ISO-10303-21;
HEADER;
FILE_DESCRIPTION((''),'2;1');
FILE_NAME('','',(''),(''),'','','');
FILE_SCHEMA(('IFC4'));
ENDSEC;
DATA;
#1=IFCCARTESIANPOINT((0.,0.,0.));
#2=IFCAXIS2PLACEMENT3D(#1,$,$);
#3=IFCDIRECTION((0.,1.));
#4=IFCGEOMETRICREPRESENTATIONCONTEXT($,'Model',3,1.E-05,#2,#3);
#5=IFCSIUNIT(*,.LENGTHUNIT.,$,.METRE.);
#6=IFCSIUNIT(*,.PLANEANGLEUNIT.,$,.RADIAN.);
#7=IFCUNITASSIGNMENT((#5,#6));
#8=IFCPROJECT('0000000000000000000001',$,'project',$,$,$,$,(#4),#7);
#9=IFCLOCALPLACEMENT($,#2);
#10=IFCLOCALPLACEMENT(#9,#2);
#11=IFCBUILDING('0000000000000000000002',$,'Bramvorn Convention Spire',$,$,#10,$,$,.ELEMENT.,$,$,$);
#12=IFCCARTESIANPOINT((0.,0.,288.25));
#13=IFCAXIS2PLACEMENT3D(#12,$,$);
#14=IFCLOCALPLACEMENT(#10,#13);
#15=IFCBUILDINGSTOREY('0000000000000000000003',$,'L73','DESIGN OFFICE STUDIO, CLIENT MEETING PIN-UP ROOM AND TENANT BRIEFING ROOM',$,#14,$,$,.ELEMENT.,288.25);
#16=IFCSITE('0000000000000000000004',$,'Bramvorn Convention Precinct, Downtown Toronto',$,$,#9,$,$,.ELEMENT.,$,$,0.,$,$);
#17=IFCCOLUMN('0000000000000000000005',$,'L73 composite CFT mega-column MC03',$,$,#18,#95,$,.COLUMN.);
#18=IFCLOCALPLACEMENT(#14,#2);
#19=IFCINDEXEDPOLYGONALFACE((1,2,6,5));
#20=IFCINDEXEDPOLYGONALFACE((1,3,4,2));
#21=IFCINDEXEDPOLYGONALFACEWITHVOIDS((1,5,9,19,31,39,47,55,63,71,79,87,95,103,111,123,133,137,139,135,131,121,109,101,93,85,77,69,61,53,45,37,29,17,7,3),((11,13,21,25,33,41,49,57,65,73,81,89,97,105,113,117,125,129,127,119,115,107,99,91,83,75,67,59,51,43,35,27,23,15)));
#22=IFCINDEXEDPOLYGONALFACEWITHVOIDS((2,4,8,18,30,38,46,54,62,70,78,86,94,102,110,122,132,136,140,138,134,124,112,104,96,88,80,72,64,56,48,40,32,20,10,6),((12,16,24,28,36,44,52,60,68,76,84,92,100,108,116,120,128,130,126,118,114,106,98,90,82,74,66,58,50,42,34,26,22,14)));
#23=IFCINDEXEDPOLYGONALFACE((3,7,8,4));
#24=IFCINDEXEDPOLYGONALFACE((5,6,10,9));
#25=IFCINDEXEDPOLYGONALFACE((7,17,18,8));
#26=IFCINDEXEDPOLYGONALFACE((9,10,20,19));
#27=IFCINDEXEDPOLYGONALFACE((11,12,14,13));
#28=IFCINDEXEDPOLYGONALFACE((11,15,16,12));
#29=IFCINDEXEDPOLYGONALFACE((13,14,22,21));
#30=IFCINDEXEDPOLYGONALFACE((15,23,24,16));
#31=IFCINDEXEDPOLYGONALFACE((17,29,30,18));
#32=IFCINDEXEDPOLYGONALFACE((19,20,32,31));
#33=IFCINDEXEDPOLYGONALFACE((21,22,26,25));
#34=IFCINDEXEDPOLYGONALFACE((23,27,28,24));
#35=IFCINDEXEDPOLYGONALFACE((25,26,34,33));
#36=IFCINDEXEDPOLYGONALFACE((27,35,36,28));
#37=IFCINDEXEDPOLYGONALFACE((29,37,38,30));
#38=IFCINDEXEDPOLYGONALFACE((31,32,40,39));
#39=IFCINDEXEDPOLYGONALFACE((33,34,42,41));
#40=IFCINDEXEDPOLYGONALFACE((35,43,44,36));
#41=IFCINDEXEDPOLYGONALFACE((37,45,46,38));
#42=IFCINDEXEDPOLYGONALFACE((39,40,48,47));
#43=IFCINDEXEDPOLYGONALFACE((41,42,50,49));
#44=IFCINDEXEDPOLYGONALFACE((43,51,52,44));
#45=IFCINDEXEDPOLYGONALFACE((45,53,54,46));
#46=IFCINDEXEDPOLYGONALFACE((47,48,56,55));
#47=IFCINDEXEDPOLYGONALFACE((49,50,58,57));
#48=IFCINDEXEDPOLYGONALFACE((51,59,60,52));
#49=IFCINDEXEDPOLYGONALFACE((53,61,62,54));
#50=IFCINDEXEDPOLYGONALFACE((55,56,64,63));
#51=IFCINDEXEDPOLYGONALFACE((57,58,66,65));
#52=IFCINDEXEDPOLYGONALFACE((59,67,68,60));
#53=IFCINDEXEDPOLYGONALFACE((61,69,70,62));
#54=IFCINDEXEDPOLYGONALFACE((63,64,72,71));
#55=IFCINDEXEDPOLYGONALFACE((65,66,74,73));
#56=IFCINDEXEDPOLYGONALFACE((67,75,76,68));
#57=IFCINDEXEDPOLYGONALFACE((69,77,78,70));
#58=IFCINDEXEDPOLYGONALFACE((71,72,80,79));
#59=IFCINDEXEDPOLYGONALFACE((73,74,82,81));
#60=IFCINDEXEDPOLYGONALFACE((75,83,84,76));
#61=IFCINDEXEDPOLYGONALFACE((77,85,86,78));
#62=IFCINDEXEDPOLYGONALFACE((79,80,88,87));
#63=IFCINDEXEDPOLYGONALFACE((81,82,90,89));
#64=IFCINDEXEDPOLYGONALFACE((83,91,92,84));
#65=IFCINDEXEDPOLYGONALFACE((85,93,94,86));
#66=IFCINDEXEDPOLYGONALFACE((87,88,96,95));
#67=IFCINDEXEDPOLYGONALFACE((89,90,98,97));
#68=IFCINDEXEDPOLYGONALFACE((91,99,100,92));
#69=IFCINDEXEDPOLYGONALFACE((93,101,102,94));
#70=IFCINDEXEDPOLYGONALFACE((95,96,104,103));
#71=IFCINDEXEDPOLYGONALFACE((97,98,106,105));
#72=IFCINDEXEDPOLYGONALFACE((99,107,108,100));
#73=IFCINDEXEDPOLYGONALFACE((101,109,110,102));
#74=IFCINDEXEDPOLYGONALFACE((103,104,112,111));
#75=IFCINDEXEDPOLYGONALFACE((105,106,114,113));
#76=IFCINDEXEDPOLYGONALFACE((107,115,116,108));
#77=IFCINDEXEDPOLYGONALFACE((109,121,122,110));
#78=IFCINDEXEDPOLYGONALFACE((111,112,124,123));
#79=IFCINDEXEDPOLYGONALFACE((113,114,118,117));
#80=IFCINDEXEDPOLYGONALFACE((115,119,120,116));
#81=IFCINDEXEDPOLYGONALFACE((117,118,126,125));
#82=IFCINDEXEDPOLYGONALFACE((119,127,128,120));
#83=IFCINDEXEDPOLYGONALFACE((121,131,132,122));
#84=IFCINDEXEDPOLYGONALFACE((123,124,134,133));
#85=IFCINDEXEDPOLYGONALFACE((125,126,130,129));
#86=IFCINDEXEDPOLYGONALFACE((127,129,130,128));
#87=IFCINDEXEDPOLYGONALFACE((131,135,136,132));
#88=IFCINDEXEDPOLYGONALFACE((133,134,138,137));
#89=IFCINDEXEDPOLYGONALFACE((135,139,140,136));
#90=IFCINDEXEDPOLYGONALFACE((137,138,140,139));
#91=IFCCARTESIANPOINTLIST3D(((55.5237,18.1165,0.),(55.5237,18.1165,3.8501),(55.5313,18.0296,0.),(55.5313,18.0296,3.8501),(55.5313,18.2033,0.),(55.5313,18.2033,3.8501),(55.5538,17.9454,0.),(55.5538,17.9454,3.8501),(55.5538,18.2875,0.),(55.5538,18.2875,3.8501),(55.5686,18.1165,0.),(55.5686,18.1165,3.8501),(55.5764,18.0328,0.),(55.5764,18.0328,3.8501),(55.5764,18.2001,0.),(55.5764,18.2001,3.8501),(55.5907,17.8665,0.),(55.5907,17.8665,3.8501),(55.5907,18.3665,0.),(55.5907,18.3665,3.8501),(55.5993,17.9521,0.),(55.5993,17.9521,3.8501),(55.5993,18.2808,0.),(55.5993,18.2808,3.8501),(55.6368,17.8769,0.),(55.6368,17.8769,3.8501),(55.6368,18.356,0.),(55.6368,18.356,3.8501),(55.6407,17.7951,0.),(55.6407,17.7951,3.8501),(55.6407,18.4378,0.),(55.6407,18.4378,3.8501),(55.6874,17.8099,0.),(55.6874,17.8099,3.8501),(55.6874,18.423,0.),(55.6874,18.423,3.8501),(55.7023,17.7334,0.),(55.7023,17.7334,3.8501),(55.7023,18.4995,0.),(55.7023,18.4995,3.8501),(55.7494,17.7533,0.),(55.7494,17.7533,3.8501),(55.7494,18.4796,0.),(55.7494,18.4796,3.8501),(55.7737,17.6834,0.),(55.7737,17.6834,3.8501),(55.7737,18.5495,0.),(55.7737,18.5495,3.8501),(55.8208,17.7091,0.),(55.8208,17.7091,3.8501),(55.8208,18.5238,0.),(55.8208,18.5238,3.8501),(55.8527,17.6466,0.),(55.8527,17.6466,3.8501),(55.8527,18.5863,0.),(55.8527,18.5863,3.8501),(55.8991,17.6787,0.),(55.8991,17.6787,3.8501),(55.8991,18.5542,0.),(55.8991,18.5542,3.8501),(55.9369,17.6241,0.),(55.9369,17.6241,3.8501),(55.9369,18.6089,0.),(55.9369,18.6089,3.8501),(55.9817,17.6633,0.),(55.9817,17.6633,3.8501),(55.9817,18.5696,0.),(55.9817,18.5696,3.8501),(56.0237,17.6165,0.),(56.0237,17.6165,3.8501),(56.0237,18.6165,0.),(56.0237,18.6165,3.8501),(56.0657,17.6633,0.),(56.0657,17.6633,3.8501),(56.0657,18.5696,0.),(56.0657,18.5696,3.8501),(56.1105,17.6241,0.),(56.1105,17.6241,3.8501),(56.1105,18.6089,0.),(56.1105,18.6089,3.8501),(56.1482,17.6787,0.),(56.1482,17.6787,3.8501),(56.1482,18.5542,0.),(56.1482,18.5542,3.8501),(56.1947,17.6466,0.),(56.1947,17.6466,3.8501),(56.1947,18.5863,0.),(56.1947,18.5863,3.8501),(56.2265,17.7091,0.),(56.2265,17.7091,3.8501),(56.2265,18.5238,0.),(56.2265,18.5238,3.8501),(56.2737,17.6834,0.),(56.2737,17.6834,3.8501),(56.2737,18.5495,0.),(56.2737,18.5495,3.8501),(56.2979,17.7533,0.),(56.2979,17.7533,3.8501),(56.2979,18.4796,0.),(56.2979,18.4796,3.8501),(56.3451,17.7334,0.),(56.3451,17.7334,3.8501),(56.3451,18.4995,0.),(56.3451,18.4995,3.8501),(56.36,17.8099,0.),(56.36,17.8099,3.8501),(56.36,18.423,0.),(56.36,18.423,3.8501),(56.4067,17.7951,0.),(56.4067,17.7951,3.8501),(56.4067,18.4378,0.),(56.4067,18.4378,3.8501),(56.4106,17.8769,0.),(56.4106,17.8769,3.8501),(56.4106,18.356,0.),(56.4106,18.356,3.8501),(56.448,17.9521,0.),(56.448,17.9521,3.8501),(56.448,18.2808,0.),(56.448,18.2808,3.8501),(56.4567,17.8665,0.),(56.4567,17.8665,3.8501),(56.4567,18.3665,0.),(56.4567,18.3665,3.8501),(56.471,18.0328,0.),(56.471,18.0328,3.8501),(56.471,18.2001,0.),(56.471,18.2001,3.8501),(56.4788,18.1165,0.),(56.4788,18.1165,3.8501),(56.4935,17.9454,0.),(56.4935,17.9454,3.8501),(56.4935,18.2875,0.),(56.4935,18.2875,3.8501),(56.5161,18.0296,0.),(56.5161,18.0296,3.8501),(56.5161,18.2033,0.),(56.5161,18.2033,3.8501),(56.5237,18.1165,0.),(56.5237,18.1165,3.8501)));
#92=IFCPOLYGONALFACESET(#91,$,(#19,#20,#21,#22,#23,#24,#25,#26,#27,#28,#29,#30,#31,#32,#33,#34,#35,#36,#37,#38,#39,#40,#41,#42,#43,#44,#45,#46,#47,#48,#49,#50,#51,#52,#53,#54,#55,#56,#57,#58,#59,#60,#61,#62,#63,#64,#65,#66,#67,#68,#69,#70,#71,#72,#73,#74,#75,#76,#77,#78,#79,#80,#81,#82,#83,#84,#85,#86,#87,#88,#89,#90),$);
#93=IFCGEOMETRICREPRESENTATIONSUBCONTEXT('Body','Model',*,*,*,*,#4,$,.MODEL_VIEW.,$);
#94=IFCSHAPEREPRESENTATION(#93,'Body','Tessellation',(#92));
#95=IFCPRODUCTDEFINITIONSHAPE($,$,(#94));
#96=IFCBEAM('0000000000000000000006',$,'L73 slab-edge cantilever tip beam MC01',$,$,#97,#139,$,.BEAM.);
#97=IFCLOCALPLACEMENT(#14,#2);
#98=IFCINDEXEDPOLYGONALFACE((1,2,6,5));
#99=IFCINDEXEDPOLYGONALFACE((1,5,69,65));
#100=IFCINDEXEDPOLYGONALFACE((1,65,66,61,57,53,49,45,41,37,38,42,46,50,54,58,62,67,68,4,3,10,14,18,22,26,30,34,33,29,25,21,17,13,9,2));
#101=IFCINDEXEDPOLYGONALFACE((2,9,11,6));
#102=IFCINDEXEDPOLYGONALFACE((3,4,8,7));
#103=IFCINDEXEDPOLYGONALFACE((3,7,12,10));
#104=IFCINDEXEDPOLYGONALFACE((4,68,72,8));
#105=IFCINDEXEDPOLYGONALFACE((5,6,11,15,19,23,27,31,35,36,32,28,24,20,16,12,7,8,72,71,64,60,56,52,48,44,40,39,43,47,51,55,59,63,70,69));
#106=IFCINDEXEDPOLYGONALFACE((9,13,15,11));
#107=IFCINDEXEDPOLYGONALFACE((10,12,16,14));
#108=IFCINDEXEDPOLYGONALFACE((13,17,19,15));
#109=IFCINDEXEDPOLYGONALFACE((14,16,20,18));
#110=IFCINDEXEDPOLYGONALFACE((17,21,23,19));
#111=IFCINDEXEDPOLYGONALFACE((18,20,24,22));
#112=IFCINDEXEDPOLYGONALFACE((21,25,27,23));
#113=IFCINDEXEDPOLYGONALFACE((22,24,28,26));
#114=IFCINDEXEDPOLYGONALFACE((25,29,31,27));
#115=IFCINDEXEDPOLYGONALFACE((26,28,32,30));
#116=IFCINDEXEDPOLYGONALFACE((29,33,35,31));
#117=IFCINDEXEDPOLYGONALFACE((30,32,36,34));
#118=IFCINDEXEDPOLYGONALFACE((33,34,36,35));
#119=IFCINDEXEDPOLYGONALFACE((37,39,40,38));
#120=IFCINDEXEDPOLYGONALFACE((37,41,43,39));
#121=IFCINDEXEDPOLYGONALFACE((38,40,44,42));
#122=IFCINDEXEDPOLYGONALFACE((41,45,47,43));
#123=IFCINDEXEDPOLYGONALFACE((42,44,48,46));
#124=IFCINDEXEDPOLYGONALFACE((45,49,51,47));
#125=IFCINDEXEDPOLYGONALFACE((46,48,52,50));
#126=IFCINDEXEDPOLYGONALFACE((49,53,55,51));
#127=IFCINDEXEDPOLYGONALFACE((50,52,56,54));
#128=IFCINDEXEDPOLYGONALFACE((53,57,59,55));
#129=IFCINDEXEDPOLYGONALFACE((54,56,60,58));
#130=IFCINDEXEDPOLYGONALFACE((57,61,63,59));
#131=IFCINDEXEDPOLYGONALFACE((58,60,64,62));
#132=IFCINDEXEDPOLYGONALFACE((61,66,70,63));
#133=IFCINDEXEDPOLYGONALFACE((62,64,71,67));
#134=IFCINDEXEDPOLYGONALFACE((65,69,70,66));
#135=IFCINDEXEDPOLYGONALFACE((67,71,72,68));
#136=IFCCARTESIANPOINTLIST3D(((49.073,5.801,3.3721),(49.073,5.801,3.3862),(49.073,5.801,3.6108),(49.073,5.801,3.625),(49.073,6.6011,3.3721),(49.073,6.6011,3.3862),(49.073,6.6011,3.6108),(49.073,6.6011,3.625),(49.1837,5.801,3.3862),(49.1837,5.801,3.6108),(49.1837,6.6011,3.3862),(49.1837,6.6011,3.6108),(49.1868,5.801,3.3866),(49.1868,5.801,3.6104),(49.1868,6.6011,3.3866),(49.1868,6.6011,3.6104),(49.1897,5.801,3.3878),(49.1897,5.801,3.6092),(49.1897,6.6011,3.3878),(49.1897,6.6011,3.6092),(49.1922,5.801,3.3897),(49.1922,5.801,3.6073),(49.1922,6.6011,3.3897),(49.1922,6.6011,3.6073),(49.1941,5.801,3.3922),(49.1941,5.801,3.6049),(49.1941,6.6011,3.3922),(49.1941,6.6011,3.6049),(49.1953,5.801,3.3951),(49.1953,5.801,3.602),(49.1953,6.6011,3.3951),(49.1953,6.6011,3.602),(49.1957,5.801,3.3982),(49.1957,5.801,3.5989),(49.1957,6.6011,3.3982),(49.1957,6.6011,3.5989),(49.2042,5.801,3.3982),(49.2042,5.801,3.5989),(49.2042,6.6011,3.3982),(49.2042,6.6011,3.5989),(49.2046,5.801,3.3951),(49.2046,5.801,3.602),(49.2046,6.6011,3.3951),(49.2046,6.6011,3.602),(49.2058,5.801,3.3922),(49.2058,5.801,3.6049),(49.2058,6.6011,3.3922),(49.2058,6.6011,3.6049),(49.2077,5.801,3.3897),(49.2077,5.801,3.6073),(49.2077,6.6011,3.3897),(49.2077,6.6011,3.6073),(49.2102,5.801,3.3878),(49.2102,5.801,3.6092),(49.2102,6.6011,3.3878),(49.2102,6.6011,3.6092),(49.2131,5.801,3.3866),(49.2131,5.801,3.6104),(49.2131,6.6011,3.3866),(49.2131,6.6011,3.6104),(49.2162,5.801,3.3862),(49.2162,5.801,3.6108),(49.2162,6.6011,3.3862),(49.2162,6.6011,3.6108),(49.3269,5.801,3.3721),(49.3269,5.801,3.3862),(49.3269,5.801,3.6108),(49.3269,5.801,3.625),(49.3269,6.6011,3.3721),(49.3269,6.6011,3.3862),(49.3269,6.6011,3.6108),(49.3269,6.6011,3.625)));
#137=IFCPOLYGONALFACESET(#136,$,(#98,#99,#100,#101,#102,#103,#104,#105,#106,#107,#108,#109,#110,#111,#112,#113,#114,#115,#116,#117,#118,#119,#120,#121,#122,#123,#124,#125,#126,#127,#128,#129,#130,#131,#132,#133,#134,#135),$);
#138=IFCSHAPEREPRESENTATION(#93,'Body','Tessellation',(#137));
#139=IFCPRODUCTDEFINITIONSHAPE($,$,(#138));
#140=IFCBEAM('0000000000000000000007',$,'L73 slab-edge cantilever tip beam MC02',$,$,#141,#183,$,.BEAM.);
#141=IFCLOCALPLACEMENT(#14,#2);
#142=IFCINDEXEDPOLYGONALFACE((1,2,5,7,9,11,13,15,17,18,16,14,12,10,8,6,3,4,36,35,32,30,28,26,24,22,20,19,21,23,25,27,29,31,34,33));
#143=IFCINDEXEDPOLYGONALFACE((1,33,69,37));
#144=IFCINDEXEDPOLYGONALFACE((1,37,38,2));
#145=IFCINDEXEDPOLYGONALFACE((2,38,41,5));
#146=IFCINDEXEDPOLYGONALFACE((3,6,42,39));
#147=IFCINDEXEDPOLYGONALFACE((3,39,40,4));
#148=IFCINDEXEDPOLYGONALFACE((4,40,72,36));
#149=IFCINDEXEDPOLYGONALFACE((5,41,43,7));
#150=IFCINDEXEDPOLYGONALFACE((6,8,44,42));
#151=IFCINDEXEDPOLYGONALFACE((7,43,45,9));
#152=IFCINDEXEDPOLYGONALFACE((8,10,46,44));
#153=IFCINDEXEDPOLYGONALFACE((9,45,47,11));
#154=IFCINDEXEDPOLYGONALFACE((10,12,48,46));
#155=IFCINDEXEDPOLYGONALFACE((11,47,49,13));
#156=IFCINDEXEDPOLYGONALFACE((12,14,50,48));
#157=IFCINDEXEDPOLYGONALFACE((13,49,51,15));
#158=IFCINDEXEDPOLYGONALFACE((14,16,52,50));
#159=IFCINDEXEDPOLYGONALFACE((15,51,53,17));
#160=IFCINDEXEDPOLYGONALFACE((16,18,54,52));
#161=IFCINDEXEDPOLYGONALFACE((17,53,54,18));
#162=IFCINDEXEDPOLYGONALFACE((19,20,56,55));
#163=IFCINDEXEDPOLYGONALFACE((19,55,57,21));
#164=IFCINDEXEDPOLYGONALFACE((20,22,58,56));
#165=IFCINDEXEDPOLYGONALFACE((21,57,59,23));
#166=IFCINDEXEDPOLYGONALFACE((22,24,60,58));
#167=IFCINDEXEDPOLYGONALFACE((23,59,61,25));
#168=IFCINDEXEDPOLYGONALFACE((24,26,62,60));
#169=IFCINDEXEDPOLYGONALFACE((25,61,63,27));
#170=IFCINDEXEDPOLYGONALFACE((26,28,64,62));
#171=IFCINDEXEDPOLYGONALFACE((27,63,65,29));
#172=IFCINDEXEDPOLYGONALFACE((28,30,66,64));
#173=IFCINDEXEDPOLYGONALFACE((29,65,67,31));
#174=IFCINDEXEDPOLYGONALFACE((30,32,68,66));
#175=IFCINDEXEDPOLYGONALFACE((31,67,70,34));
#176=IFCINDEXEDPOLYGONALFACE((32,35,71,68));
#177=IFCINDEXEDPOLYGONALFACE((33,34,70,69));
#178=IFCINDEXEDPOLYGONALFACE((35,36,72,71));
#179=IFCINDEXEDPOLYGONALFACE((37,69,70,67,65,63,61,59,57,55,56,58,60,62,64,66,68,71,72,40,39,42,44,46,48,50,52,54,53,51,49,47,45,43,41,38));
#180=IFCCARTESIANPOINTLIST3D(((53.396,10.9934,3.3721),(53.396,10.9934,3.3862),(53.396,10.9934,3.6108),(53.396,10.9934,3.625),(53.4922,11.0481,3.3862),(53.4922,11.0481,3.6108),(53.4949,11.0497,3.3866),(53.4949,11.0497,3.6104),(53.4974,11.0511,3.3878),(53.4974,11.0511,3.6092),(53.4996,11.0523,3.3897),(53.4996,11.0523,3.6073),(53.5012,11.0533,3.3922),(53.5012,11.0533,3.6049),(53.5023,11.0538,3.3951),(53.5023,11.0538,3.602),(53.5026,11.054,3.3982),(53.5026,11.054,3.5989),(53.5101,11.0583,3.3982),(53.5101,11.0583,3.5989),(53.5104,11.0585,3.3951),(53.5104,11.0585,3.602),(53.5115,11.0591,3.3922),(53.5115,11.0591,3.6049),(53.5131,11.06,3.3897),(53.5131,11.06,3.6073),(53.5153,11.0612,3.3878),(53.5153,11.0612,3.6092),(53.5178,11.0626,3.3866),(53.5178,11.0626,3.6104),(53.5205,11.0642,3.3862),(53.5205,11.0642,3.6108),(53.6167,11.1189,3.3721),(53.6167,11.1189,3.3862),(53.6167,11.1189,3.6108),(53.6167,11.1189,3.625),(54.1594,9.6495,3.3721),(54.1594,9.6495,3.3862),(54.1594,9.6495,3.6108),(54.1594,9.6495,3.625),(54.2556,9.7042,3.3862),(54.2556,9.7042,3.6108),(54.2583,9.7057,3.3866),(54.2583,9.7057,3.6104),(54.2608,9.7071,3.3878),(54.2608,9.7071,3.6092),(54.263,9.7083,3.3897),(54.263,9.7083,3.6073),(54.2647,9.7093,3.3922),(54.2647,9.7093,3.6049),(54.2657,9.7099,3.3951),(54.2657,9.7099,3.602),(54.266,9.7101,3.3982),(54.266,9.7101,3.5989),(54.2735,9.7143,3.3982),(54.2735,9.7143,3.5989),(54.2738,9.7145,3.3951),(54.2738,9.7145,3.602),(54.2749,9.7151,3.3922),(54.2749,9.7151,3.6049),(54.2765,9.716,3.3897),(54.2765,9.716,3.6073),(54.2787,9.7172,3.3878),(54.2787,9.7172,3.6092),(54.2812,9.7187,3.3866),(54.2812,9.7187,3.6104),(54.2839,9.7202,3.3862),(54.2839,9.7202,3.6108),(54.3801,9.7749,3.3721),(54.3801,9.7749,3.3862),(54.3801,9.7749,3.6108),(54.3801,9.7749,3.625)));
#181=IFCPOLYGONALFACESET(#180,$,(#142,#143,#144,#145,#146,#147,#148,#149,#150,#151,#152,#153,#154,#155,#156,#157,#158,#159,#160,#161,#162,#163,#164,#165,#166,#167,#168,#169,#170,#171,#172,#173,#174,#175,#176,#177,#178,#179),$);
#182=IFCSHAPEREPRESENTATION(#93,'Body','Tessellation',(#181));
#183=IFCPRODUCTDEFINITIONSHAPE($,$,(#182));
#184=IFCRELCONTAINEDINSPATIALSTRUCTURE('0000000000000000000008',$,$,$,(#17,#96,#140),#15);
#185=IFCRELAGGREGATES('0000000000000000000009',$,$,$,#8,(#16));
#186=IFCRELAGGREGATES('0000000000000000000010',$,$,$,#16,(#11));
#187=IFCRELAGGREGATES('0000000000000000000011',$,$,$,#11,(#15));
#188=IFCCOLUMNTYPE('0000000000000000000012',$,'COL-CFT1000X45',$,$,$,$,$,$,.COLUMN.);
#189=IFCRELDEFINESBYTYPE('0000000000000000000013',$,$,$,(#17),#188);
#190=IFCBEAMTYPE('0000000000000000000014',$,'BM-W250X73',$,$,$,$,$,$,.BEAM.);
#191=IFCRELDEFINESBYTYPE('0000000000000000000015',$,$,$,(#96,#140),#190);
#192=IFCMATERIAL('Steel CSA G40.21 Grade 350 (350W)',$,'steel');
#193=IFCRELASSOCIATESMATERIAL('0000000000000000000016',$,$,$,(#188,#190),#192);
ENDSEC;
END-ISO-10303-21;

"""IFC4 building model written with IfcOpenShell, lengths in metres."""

from ifc_helpers import new_model, si_unit, direction, frame, origin, origin_2d, place, context, subcontext, project, spatial, hollow_circle, i_section, extrude, material, material_profile, profile_set, type_object, element, save


model = new_model("IFC4")

# Units and contexts
model_context = context("Model", 3, precision=1e-05, world=origin(), true_north=direction((0.0, 1.0)))
body_context = subcontext(model_context, "Body", "Model", "MODEL_VIEW")
ifc_project = project(units=[si_unit("LENGTHUNIT", "METRE"), si_unit("PLANEANGLEUNIT", "RADIAN")], contexts=[model_context])

# Site, building, storey
site_placement = place(None, origin())
site = spatial("IfcSite", under=ifc_project, at=site_placement, Name="Bramvorn Convention Precinct, Downtown Toronto", CompositionType="ELEMENT", RefElevation=0.0)
building_placement = place(site_placement, origin())
building = spatial("IfcBuilding", under=site, at=building_placement, Name="Bramvorn Convention Spire", CompositionType="ELEMENT")
storey_placement = place(building_placement, frame((0.0, 0.0, 288.25)))
storey = spatial("IfcBuildingStorey", under=building, at=storey_placement, Name="L73", Description="DESIGN OFFICE STUDIO, CLIENT MEETING PIN-UP ROOM AND TENANT BRIEFING ROOM", CompositionType="ELEMENT", Elevation=288.25)

# Column
ifc_material_1 = material(Name="Steel CSA G40.21 Grade 350 (350W)", Category="steel")
ifc_material_profile_1 = material_profile(ifc_material_1, hollow_circle(Radius=0.5, WallThickness=0.0449, at=origin_2d()))
ifc_profile_set_1 = profile_set([ifc_material_profile_1], Name="Steel CSA G40.21 Grade 350 (350W) - CFT1000X45")
column_type = type_object("IfcColumnType", Name="COL-CFT1000X45", PredefinedType="COLUMN", material=ifc_profile_set_1)
for number, where, z_axis, x_axis, name in (
    (1, (56.0237, 18.1165, 0.0), (0.0, 0.0, 1.0), (1.0, 0.0, 0.0), "L73 composite CFT mega-column MC03"),
):
    element("IfcColumn", number, at=place(storey_placement, frame(where, z_axis=z_axis, x_axis=x_axis)), inside=storey, type_object=column_type, Name=name, PredefinedType="COLUMN", context=body_context, shape_type="SweptSolid", body=[
        extrude(hollow_circle(Radius=0.5, WallThickness=0.0449, at=origin_2d()), origin(), (0.0, 0.0, 1.0), 3.8501),
    ])

# Beams
ifc_material_profile_2 = material_profile(ifc_material_1, i_section(OverallWidth=0.2539, OverallDepth=0.2529, WebThickness=0.0085, FlangeThickness=0.0142, FilletRadius=0.012, at=origin_2d()))
ifc_profile_set_2 = profile_set([ifc_material_profile_2], Name="Steel CSA G40.21 Grade 350 (350W) - W250X73")
beam_type_1 = type_object("IfcBeamType", Name="BM-W250X73", PredefinedType="BEAM", material=ifc_profile_set_2)
beam_1_placement = place(storey_placement, frame((49.2, 6.6011, 3.4985), z_axis=(0.0, -1.0, 0.0), x_axis=(1.0, 0.0, 0.0)))
element("IfcBeam", 2, at=beam_1_placement, inside=storey, type_object=beam_type_1, Name="L73 slab-edge cantilever tip beam MC01", PredefinedType="BEAM", context=body_context, shape_type="SweptSolid", body=[
    extrude(i_section(OverallWidth=0.2539, OverallDepth=0.2529, WebThickness=0.0085, FlangeThickness=0.0142, FilletRadius=0.012, at=origin_2d()), origin(), (0.0, 0.0, 1.0), 0.8),
])
beam_2_placement = place(storey_placement, frame((53.5063, 11.0562, 3.4985), z_axis=(0.493909, -0.869514, 0.0), x_axis=(0.869514, 0.493909, 0.0)))
element("IfcBeam", 3, at=beam_2_placement, inside=storey, type_object=beam_type_1, Name="L73 slab-edge cantilever tip beam MC02", PredefinedType="BEAM", context=body_context, shape_type="SweptSolid", body=[
    extrude(i_section(OverallWidth=0.2539, OverallDepth=0.2529, WebThickness=0.0085, FlangeThickness=0.0142, FilletRadius=0.012, at=origin_2d()), origin(), (0.0, 0.0, 1.0), 1.5457),
])

save(model, "model.ifc")
